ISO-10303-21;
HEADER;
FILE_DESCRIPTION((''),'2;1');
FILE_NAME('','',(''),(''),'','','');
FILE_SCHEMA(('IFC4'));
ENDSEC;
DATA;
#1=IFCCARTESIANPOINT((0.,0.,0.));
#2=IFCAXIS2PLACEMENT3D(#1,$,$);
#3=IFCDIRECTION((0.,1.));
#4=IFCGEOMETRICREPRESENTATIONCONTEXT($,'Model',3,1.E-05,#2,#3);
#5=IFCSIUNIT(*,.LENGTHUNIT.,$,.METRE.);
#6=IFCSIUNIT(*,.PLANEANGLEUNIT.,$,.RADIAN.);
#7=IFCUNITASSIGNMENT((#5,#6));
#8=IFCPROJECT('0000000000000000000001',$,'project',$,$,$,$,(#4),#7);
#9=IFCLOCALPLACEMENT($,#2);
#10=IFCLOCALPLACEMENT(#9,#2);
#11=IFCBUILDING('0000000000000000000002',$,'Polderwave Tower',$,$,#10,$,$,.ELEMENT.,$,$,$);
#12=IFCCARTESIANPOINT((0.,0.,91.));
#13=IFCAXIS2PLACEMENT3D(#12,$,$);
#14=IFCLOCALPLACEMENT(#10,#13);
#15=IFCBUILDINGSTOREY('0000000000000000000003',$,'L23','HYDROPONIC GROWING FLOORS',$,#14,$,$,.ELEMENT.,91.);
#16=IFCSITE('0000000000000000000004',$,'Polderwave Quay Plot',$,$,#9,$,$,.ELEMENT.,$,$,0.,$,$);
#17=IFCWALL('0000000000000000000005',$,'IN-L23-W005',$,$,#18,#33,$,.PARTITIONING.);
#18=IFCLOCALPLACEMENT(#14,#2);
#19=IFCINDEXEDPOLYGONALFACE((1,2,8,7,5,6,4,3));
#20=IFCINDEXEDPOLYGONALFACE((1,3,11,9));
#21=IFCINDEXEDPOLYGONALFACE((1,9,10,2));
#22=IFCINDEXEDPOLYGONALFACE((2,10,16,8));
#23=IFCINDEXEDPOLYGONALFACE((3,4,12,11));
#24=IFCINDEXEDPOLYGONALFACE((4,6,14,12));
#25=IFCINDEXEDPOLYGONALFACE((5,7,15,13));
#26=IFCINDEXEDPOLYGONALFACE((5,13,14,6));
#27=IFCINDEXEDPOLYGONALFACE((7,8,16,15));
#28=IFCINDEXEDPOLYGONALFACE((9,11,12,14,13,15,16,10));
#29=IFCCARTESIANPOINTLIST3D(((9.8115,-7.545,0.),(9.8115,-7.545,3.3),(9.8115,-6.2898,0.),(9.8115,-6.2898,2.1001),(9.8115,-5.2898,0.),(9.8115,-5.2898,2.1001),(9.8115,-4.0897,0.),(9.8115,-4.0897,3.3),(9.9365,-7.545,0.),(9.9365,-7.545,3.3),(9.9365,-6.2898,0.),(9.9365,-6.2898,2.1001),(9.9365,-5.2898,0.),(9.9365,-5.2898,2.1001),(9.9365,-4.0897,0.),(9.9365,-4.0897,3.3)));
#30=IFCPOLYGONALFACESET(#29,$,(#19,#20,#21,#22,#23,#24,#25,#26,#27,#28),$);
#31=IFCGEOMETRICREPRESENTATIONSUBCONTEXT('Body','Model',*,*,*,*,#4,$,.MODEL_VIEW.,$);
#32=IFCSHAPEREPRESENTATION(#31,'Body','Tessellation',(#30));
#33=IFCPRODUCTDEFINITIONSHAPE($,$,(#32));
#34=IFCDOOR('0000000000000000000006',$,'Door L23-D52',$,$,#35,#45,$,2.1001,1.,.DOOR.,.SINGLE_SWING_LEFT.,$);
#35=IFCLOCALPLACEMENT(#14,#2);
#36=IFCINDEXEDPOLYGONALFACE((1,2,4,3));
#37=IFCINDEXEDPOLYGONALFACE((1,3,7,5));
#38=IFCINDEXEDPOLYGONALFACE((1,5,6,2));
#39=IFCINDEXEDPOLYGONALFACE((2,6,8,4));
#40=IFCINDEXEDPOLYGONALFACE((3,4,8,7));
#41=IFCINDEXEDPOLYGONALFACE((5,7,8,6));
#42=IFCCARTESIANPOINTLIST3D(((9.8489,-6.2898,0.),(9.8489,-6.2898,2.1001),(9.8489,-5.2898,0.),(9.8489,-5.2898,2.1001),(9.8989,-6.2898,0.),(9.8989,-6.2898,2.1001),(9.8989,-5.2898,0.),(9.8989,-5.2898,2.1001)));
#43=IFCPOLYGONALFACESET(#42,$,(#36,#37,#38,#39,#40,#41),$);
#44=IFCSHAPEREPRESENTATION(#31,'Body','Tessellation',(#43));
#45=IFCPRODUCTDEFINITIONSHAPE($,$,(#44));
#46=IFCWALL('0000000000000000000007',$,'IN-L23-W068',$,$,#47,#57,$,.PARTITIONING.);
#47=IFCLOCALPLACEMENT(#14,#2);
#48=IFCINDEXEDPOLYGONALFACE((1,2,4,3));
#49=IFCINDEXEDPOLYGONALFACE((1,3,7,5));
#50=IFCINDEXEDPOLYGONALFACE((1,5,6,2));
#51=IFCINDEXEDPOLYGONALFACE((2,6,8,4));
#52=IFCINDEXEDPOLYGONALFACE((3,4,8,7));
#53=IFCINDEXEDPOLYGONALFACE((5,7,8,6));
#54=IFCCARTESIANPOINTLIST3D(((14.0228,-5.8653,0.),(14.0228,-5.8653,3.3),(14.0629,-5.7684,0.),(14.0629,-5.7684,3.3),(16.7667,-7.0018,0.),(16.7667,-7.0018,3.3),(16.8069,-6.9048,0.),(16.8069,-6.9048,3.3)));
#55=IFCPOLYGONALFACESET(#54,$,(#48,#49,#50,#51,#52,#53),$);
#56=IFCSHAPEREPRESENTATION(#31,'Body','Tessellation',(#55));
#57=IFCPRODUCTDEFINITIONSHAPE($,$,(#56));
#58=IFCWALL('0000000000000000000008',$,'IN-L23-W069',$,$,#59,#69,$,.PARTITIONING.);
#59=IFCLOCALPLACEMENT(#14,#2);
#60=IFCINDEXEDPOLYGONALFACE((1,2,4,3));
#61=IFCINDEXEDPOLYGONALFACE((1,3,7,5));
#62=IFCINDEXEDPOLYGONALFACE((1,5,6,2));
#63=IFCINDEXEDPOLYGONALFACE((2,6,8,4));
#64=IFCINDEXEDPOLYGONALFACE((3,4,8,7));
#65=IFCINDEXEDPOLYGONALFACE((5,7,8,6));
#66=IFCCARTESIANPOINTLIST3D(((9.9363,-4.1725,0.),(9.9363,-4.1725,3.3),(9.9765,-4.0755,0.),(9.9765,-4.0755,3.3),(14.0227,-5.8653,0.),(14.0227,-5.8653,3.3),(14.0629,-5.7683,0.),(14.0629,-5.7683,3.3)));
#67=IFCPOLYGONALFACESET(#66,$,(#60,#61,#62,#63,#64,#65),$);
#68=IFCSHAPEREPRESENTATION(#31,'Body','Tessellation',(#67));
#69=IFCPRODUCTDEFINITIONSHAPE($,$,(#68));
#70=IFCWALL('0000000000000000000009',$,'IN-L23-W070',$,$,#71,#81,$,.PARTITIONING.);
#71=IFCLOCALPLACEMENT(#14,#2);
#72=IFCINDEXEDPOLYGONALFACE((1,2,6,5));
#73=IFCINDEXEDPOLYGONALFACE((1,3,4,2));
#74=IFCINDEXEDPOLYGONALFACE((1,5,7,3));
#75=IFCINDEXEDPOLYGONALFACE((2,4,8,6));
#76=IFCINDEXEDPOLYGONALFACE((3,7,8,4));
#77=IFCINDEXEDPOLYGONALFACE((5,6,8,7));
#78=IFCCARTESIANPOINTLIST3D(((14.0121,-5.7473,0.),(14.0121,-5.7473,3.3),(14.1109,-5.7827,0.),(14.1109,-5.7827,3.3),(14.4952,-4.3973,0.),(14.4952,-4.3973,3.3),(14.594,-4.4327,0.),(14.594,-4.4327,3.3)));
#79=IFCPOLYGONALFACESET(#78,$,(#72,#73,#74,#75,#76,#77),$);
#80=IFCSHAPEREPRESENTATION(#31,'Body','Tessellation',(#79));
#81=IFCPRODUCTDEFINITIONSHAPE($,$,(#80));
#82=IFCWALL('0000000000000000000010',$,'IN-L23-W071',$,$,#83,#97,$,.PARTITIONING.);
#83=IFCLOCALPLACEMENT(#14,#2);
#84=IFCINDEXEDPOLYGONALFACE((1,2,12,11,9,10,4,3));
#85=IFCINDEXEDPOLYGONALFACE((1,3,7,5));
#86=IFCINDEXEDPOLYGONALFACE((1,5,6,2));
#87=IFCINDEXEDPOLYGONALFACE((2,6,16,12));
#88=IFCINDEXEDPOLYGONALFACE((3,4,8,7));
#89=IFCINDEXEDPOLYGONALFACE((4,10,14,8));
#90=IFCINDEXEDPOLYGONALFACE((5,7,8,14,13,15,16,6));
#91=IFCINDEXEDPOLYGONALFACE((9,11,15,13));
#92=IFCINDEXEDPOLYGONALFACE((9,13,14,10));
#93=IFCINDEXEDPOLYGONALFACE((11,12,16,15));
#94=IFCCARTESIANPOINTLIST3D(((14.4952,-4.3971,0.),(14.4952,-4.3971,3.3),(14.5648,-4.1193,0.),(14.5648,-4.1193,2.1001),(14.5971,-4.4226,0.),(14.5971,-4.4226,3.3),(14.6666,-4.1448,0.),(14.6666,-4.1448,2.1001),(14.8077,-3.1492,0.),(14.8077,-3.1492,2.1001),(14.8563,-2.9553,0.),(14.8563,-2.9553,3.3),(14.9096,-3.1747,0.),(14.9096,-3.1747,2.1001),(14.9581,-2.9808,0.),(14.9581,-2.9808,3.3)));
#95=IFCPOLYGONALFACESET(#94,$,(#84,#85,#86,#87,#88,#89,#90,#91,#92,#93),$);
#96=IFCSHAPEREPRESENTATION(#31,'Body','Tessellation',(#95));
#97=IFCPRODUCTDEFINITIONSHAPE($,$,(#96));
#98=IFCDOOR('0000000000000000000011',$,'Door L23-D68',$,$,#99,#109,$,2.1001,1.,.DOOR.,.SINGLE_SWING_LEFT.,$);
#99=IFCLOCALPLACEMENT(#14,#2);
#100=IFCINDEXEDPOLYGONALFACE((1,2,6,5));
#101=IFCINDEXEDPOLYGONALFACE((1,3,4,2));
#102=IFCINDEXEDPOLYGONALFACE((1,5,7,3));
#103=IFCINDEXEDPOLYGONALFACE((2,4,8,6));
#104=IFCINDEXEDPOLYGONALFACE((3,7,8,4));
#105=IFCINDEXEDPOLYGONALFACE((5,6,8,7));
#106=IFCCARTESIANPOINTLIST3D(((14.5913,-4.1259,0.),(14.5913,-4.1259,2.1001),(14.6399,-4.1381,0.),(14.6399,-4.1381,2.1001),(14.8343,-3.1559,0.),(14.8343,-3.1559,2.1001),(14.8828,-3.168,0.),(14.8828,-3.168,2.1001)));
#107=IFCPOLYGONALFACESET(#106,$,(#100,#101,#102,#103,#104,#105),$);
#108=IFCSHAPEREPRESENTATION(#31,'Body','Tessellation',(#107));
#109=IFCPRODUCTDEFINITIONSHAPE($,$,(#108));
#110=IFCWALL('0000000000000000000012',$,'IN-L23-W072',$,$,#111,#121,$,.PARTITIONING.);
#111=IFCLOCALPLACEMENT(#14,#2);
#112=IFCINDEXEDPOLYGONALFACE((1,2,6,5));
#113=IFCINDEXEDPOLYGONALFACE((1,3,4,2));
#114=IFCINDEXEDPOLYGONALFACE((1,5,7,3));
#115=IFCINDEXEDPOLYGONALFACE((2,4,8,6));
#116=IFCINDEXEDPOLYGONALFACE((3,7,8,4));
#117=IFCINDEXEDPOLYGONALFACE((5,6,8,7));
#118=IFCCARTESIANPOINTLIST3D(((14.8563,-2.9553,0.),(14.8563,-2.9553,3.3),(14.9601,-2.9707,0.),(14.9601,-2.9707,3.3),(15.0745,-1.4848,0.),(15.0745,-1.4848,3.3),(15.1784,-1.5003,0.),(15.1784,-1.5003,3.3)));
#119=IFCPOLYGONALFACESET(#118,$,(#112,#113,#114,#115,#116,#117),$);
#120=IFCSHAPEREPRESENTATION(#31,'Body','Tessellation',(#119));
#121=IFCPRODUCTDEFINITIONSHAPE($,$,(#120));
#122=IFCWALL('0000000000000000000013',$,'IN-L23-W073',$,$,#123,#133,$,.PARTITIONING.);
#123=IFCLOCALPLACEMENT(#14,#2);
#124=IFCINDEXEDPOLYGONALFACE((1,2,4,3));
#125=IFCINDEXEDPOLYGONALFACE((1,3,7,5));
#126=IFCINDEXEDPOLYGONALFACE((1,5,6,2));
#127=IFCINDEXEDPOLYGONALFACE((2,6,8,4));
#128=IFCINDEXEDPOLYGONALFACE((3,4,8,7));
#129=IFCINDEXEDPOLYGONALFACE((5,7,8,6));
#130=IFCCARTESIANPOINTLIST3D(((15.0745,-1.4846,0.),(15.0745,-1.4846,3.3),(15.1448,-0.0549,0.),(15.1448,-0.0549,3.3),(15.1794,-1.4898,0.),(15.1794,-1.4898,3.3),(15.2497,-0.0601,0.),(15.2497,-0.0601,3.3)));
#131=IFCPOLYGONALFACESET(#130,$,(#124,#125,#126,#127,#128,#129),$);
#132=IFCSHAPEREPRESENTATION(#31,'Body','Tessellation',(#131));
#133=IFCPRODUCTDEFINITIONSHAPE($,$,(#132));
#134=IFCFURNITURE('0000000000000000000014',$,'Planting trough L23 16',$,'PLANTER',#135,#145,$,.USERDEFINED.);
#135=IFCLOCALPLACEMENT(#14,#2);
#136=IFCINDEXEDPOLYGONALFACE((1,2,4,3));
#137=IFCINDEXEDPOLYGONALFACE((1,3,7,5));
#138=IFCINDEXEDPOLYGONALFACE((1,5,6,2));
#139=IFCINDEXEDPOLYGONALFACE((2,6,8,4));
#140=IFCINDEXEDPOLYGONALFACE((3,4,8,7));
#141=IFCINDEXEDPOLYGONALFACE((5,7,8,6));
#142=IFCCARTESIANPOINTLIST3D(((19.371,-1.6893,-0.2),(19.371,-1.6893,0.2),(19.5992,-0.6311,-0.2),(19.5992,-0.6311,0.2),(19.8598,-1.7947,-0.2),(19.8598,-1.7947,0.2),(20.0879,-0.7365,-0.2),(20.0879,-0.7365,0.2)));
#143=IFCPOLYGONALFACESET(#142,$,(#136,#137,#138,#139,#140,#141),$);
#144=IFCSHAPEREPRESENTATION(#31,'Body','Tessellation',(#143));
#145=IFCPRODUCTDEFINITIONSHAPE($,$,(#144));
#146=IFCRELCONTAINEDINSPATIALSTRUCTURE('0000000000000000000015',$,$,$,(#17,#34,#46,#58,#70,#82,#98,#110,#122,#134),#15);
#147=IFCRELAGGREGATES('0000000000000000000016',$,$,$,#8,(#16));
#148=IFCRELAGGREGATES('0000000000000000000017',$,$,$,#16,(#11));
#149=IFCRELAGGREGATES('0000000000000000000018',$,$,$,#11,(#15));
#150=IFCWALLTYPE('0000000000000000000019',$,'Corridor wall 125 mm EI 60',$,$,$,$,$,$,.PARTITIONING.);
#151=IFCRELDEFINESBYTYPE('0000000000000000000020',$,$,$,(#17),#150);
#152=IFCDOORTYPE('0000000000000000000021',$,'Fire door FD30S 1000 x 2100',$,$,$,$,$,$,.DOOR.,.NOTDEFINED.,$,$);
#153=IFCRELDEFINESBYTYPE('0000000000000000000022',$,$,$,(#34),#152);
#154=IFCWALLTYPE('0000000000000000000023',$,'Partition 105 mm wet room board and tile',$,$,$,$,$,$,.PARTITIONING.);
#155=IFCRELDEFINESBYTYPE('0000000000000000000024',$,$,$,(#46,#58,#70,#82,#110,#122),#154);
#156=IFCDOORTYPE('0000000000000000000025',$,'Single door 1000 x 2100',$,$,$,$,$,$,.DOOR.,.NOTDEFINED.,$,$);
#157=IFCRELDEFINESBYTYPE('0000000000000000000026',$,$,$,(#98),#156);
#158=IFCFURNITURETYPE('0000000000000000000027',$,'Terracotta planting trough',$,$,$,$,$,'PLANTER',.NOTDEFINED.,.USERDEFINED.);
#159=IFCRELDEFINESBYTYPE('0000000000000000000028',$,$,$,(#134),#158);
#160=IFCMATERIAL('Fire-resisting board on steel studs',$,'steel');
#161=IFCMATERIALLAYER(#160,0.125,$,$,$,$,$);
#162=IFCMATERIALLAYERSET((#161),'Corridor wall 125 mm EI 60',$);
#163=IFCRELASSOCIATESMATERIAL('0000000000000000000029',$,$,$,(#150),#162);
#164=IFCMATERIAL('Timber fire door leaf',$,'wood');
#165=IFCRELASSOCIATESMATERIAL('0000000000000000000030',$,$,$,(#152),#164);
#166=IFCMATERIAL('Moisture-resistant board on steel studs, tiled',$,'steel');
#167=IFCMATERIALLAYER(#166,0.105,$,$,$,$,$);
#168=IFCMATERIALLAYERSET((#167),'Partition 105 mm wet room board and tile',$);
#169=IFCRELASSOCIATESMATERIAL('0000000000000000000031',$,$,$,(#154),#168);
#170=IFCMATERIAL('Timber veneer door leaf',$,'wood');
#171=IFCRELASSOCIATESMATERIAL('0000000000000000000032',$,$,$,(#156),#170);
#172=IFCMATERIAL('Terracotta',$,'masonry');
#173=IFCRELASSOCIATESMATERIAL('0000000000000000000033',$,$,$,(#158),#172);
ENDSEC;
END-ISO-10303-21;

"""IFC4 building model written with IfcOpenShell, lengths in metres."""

from ifc_helpers import new_model, si_unit, direction, frame, frame_2d, origin, origin_2d, place, context, subcontext, project, spatial, rectangle, extrude, material, layer, layer_set, type_object, element, fill, save


model = new_model("IFC4")

# Units and contexts
model_context = context("Model", 3, precision=1e-05, world=origin(), true_north=direction((0.0, 1.0)))
body_context = subcontext(model_context, "Body", "Model", "MODEL_VIEW")
ifc_project = project(units=[si_unit("LENGTHUNIT", "METRE"), si_unit("PLANEANGLEUNIT", "RADIAN")], contexts=[model_context])

# Site, building, storey
site_placement = place(None, origin())
site = spatial("IfcSite", under=ifc_project, at=site_placement, Name="Polderwave Quay Plot", CompositionType="ELEMENT", RefElevation=0.0)
building_placement = place(site_placement, origin())
building = spatial("IfcBuilding", under=site, at=building_placement, Name="Polderwave Tower", CompositionType="ELEMENT")
storey_placement = place(building_placement, frame((0.0, 0.0, 91.0)))
storey = spatial("IfcBuildingStorey", under=building, at=storey_placement, Name="L23", Description="HYDROPONIC GROWING FLOORS", CompositionType="ELEMENT", Elevation=91.0)

# Shared definitions
ifc_material_1 = material(Name="Fire-resisting board on steel studs", Category="steel")
ifc_layer_1 = layer(ifc_material_1, 0.125)
ifc_layer_set_1 = layer_set([ifc_layer_1], Name="Corridor wall 125 mm EI 60")
wall_type_1 = type_object("IfcWallType", Name="Corridor wall 125 mm EI 60", PredefinedType="PARTITIONING", material=ifc_layer_set_1)

# Wall, opening, door
wall_1_placement = place(storey_placement, frame((9.874, -4.0898, 0.0), z_axis=(0.0, 0.0, 1.0), x_axis=(0.0, -1.0, 0.0)))
wall_1 = element("IfcWall", 1, at=wall_1_placement, inside=storey, type_object=wall_type_1, Name="IN-L23-W005", PredefinedType="PARTITIONING", context=body_context, shape_type="SweptSolid", body=[
    extrude(rectangle(XDim=3.4553, YDim=0.125, at=frame_2d((1.7275, 0.0))), origin(), (0.0, 0.0, 1.0), 3.3),
])
opening_1_placement = place(wall_1_placement, frame((1.2, 0.0, 0.0)))
opening_1 = element("IfcOpeningElement", 2, at=opening_1_placement, cuts=wall_1, PredefinedType="OPENING", context=body_context, shape_type="SweptSolid", body=[
    extrude(rectangle(XDim=1.0, YDim=2.1001, at=frame_2d((0.5, 1.05))), frame((0.0, 0.0725, 0.0), z_axis=(0.0, -1.0, 0.0), x_axis=(1.0, 0.0, 0.0)), (0.0, 0.0, 1.0), 0.145),
])
ifc_material_2 = material(Name="Timber fire door leaf", Category="wood")
door_type_1 = type_object("IfcDoorType", Name="Fire door FD30S 1000 x 2100", OperationType="NOTDEFINED", PredefinedType="DOOR", material=ifc_material_2)
door_1_placement = place(opening_1_placement, origin())
door_1 = element("IfcDoor", 3, at=door_1_placement, inside=storey, type_object=door_type_1, Name="Door L23-D52", OperationType="SINGLE_SWING_LEFT", OverallHeight=2.1001, OverallWidth=1.0, PredefinedType="DOOR", context=body_context, shape_type="SweptSolid", body=[
    extrude(rectangle(XDim=1.0, YDim=2.1001, at=frame_2d((0.5, 1.05))), frame((0.0, 0.0249, 0.0), z_axis=(0.0, -1.0, 0.0), x_axis=(1.0, 0.0, 0.0)), (0.0, 0.0, 1.0), 0.05),
])
fill(opening_1, door_1)

# Walls
ifc_material_3 = material(Name="Moisture-resistant board on steel studs, tiled", Category="steel")
ifc_layer_2 = layer(ifc_material_3, 0.105)
ifc_layer_set_2 = layer_set([ifc_layer_2], Name="Partition 105 mm wet room board and tile")
wall_type_2 = type_object("IfcWallType", Name="Partition 105 mm wet room board and tile", PredefinedType="PARTITIONING", material=ifc_layer_set_2)
wall_2_placement = place(storey_placement, frame((14.043, -5.8169, 0.0), z_axis=(0.0, 0.0, 1.0), x_axis=(0.92389, -0.382659, 0.0)))
element("IfcWall", 4, at=wall_2_placement, inside=storey, type_object=wall_type_2, Name="IN-L23-W068", PredefinedType="PARTITIONING", context=body_context, shape_type="SweptSolid", body=[
    extrude(rectangle(XDim=2.97, YDim=0.105, at=frame_2d((1.4849, 0.0))), origin(), (0.0, 0.0, 1.0), 3.3),
])
wall_3_placement = place(storey_placement, frame((9.9565, -4.124, 0.0), z_axis=(0.0, 0.0, 1.0), x_axis=(0.923862, -0.382726, 0.0)))
element("IfcWall", 5, at=wall_3_placement, inside=storey, type_object=wall_type_2, Name="IN-L23-W069", PredefinedType="PARTITIONING", context=body_context, shape_type="SweptSolid", body=[
    extrude(rectangle(XDim=4.4231, YDim=0.105, at=frame_2d((2.2114, 0.0))), origin(), (0.0, 0.0, 1.0), 3.3),
])
wall_4_placement = place(storey_placement, frame((14.0615, -5.7649, 0.0), z_axis=(0.0, 0.0, 1.0), x_axis=(0.33694, 0.941526, 0.0)))
element("IfcWall", 6, at=wall_4_placement, inside=storey, type_object=wall_type_2, Name="IN-L23-W070", PredefinedType="PARTITIONING", context=body_context, shape_type="SweptSolid", body=[
    extrude(rectangle(XDim=1.4338, YDim=0.105, at=frame_2d((0.7168, 0.0))), origin(), (0.0, 0.0, 1.0), 3.3),
])

# Wall, opening, door
wall_5_placement = place(storey_placement, frame((14.9072, -2.968, 0.0), z_axis=(0.0, 0.0, 1.0), x_axis=(-0.242922, -0.970046, 0.0)))
wall_5 = element("IfcWall", 7, at=wall_5_placement, inside=storey, type_object=wall_type_2, Name="IN-L23-W071", PredefinedType="PARTITIONING", context=body_context, shape_type="SweptSolid", body=[
    extrude(rectangle(XDim=1.4863, YDim=0.105, at=frame_2d((0.7432, 0.0))), origin(), (0.0, 0.0, 1.0), 3.3),
])
opening_2_placement = place(wall_5_placement, frame((0.2, 0.0, 0.0)))
opening_2 = element("IfcOpeningElement", 8, at=opening_2_placement, cuts=wall_5, PredefinedType="OPENING", context=body_context, shape_type="SweptSolid", body=[
    extrude(rectangle(XDim=1.0, YDim=2.1001, at=frame_2d((0.5, 1.05))), frame((0.0, 0.0625, 0.0), z_axis=(0.0, -1.0, 0.0), x_axis=(1.0, 0.0, 0.0)), (0.0, 0.0, 1.0), 0.125),
])
ifc_material_4 = material(Name="Timber veneer door leaf", Category="wood")
door_type_2 = type_object("IfcDoorType", Name="Single door 1000 x 2100", OperationType="NOTDEFINED", PredefinedType="DOOR", material=ifc_material_4)
door_2_placement = place(opening_2_placement, origin())
door_2 = element("IfcDoor", 9, at=door_2_placement, inside=storey, type_object=door_type_2, Name="Door L23-D68", OperationType="SINGLE_SWING_LEFT", OverallHeight=2.1001, OverallWidth=1.0, PredefinedType="DOOR", context=body_context, shape_type="SweptSolid", body=[
    extrude(rectangle(XDim=1.0, YDim=2.1001, at=frame_2d((0.5, 1.05))), frame((0.0, 0.0249, 0.0), z_axis=(0.0, -1.0, 0.0), x_axis=(1.0, 0.0, 0.0)), (0.0, 0.0, 1.0), 0.05),
])
fill(opening_2, door_2)

# Walls
wall_6_placement = place(storey_placement, frame((14.9082, -2.9629, 0.0), z_axis=(0.0, 0.0, 1.0), x_axis=(0.146822, 0.989163, 0.0)))
element("IfcWall", 10, at=wall_6_placement, inside=storey, type_object=wall_type_2, Name="IN-L23-W072", PredefinedType="PARTITIONING", context=body_context, shape_type="SweptSolid", body=[
    extrude(rectangle(XDim=1.4866, YDim=0.105, at=frame_2d((0.7432, 0.0))), origin(), (0.0, 0.0, 1.0), 3.3),
])
wall_7_placement = place(storey_placement, frame((15.127, -1.4873, 0.0), z_axis=(0.0, 0.0, 1.0), x_axis=(0.049121, 0.998793, 0.0)))
element("IfcWall", 11, at=wall_7_placement, inside=storey, type_object=wall_type_2, Name="IN-L23-W073", PredefinedType="PARTITIONING", context=body_context, shape_type="SweptSolid", body=[
    extrude(rectangle(XDim=1.4314, YDim=0.105, at=frame_2d((0.7158, 0.0))), origin(), (0.0, 0.0, 1.0), 3.3),
])

# Furniture
ifc_material_5 = material(Name="Terracotta", Category="masonry")
furniture_type = type_object("IfcFurnitureType", Name="Terracotta planting trough", ElementType="PLANTER", AssemblyPlace="NOTDEFINED", PredefinedType="USERDEFINED", material=ifc_material_5)
furniture_placement = place(storey_placement, frame((19.7295, -1.2129, -0.2), z_axis=(0.0, 0.0, 1.0), x_axis=(0.210738, 0.977543, 0.0)))
element("IfcFurniture", 12, at=furniture_placement, inside=storey, type_object=furniture_type, Name="Planting trough L23 16", ObjectType="PLANTER", PredefinedType="USERDEFINED", context=body_context, shape_type="SweptSolid", body=[
    extrude(rectangle(XDim=1.0825, YDim=0.5, at=origin_2d()), origin(), (0.0, 0.0, 1.0), 0.3999),
])

save(model, "model.ifc")
